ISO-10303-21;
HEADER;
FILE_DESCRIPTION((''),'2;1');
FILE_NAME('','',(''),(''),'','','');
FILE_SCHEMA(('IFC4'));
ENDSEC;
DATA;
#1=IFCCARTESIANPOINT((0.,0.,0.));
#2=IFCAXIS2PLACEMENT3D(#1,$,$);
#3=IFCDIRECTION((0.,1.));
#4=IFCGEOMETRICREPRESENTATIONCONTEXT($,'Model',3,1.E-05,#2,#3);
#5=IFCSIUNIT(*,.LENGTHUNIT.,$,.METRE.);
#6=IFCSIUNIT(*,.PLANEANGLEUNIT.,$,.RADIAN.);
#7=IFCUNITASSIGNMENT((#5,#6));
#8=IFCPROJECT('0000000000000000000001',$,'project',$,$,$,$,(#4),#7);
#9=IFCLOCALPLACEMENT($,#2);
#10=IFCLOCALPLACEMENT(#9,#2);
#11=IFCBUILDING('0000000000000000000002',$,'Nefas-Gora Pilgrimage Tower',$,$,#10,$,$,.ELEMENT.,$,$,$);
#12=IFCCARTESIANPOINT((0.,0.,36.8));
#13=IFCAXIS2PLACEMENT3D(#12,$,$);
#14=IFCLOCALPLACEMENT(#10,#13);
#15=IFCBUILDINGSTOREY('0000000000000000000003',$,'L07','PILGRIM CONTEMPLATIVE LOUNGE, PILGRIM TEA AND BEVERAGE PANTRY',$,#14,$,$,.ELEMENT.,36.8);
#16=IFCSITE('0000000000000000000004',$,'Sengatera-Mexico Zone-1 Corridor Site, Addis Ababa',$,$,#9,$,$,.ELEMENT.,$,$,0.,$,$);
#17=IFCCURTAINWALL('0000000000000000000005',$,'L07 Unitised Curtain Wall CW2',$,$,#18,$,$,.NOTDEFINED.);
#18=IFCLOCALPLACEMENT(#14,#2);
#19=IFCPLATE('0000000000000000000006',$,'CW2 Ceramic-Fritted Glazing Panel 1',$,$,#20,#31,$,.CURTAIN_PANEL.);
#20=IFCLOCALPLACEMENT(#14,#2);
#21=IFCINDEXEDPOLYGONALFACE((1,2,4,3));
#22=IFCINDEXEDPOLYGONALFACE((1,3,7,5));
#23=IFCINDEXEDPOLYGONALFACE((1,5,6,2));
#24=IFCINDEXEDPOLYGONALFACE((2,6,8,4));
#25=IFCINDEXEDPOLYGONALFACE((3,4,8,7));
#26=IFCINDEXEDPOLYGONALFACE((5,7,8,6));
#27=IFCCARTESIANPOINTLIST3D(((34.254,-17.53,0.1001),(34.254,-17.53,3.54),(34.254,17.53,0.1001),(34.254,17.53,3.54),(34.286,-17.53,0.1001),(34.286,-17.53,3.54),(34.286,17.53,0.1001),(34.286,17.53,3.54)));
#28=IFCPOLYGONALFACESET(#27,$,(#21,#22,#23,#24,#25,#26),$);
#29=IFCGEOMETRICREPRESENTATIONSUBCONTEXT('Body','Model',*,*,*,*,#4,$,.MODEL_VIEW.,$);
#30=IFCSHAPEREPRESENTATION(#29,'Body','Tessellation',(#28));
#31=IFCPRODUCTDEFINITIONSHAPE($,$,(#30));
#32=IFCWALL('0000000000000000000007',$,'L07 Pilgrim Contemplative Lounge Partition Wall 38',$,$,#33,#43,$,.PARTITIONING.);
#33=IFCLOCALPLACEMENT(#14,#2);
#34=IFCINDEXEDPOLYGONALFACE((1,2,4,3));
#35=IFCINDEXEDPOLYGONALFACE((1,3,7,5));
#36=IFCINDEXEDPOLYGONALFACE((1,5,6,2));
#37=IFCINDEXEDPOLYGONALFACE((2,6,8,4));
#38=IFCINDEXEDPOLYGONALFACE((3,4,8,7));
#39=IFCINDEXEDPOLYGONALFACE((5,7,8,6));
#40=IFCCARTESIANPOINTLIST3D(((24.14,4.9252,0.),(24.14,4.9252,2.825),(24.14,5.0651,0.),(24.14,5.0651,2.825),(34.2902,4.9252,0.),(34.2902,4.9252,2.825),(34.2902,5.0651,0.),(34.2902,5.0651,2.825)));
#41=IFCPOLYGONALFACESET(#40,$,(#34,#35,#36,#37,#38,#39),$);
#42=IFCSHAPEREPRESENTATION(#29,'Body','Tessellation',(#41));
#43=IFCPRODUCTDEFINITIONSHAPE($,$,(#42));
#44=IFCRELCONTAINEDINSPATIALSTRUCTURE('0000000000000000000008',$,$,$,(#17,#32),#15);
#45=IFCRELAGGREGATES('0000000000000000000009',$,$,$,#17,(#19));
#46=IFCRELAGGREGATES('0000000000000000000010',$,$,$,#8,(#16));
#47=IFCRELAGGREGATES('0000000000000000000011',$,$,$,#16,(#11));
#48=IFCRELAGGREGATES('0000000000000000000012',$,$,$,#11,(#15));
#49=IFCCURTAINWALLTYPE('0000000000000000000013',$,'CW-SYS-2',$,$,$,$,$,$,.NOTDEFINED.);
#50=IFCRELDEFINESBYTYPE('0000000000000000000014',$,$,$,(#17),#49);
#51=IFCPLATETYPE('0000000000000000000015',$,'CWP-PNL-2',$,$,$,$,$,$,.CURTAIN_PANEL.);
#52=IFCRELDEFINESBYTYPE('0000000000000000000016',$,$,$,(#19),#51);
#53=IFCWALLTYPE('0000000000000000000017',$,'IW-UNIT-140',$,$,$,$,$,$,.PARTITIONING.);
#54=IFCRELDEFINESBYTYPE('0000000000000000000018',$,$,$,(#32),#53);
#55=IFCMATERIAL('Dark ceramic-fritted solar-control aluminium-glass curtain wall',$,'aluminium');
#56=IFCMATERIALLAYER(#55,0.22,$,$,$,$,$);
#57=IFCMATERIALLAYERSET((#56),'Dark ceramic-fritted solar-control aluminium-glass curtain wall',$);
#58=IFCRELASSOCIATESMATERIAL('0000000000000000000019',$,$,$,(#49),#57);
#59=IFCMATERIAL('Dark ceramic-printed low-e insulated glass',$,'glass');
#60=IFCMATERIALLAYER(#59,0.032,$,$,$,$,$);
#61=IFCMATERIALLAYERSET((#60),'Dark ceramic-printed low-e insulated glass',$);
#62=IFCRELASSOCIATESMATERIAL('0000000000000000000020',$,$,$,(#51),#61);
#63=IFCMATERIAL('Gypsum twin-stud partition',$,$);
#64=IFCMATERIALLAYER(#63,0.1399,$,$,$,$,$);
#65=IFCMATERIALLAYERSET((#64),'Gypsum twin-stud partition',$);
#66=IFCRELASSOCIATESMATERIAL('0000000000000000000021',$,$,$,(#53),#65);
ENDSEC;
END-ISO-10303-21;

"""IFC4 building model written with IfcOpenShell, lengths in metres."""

from ifc_helpers import new_model, si_unit, direction, frame, frame_2d, origin, origin_2d, place, context, subcontext, project, spatial, rectangle, extrude, source, transform, mapped, material, layer, layer_set, type_object, element, aggregate, save


model = new_model("IFC4")

# Units and contexts
model_context = context("Model", 3, precision=1e-05, world=origin(), true_north=direction((0.0, 1.0)))
body_context = subcontext(model_context, "Body", "Model", "MODEL_VIEW")
ifc_project = project(units=[si_unit("LENGTHUNIT", "METRE"), si_unit("PLANEANGLEUNIT", "RADIAN")], contexts=[model_context])

# Site, building, storey
site_placement = place(None, origin())
site = spatial("IfcSite", under=ifc_project, at=site_placement, Name="Sengatera-Mexico Zone-1 Corridor Site, Addis Ababa", CompositionType="ELEMENT", RefElevation=0.0)
building_placement = place(site_placement, origin())
building = spatial("IfcBuilding", under=site, at=building_placement, Name="Nefas-Gora Pilgrimage Tower", CompositionType="ELEMENT")
storey_placement = place(building_placement, frame((0.0, 0.0, 36.8)))
storey = spatial("IfcBuildingStorey", under=building, at=storey_placement, Name="L07", Description="PILGRIM CONTEMPLATIVE LOUNGE, PILGRIM TEA AND BEVERAGE PANTRY", CompositionType="ELEMENT", Elevation=36.8)

# Curtain wall, plate
ifc_material_1 = material(Name="Dark ceramic-fritted solar-control aluminium-glass curtain wall", Category="aluminium")
ifc_layer_1 = layer(ifc_material_1, 0.22)
ifc_layer_set_1 = layer_set([ifc_layer_1], Name="Dark ceramic-fritted solar-control aluminium-glass curtain wall")
curtain_wall_type = type_object("IfcCurtainWallType", Name="CW-SYS-2", PredefinedType="NOTDEFINED", material=ifc_layer_set_1)
curtain_wall_placement = place(storey_placement, origin())
curtain_wall = element("IfcCurtainWall", 1, at=curtain_wall_placement, inside=storey, type_object=curtain_wall_type, Name="L07 Unitised Curtain Wall CW2", PredefinedType="NOTDEFINED")
ifc_material_2 = material(Name="Dark ceramic-printed low-e insulated glass", Category="glass")
ifc_layer_2 = layer(ifc_material_2, 0.032)
ifc_layer_set_2 = layer_set([ifc_layer_2], Name="Dark ceramic-printed low-e insulated glass")
plate_type = type_object("IfcPlateType", Name="CWP-PNL-2", PredefinedType="CURTAIN_PANEL", material=ifc_layer_set_2)
shared_shape_1 = source(origin(), body_context, "Body", "SweptSolid", [
    extrude(rectangle(XDim=35.0601, YDim=0.032, at=origin_2d()), origin(), (0.0, 0.0, 1.0), 3.4399),
])
plate_placement = place(storey_placement, frame((34.27, 0.0, 0.1001), z_axis=(0.0, 0.0, 1.0), x_axis=(0.0, 1.0, 0.0)))
plate = element("IfcPlate", 2, at=plate_placement, type_object=plate_type, Name="CW2 Ceramic-Fritted Glazing Panel 1", PredefinedType="CURTAIN_PANEL", context=body_context, shape_type="MappedRepresentation", body=[
    mapped(shared_shape_1, transform((0.0, 0.0, 0.0), x_axis=(1.0, 0.0, 0.0), y_axis=(0.0, 1.0, 0.0), z_axis=(0.0, 0.0, 1.0), scale=1.0)),
])
aggregate(curtain_wall, [plate])

# Wall
ifc_material_3 = material(Name="Gypsum twin-stud partition")
ifc_layer_3 = layer(ifc_material_3, 0.1399)
ifc_layer_set_3 = layer_set([ifc_layer_3], Name="Gypsum twin-stud partition")
wall_type = type_object("IfcWallType", Name="IW-UNIT-140", PredefinedType="PARTITIONING", material=ifc_layer_set_3)
shared_shape_2 = source(origin(), body_context, "Body", "SweptSolid", [
    extrude(rectangle(XDim=10.1501, YDim=0.1399, at=frame_2d((5.0752, 0.0))), origin(), (0.0, 0.0, 1.0), 2.825),
])
wall_placement = place(storey_placement, frame((24.1399, 4.9951, 0.0), z_axis=(0.0, 0.0, 1.0), x_axis=(1.0, 0.0, 0.0)))
element("IfcWall", 3, at=wall_placement, inside=storey, type_object=wall_type, Name="L07 Pilgrim Contemplative Lounge Partition Wall 38", PredefinedType="PARTITIONING", context=body_context, shape_type="MappedRepresentation", body=[
    mapped(shared_shape_2, transform((0.0, 0.0, 0.0), x_axis=(1.0, 0.0, 0.0), y_axis=(0.0, 1.0, 0.0), z_axis=(0.0, 0.0, 1.0), scale=1.0)),
])

save(model, "model.ifc")
